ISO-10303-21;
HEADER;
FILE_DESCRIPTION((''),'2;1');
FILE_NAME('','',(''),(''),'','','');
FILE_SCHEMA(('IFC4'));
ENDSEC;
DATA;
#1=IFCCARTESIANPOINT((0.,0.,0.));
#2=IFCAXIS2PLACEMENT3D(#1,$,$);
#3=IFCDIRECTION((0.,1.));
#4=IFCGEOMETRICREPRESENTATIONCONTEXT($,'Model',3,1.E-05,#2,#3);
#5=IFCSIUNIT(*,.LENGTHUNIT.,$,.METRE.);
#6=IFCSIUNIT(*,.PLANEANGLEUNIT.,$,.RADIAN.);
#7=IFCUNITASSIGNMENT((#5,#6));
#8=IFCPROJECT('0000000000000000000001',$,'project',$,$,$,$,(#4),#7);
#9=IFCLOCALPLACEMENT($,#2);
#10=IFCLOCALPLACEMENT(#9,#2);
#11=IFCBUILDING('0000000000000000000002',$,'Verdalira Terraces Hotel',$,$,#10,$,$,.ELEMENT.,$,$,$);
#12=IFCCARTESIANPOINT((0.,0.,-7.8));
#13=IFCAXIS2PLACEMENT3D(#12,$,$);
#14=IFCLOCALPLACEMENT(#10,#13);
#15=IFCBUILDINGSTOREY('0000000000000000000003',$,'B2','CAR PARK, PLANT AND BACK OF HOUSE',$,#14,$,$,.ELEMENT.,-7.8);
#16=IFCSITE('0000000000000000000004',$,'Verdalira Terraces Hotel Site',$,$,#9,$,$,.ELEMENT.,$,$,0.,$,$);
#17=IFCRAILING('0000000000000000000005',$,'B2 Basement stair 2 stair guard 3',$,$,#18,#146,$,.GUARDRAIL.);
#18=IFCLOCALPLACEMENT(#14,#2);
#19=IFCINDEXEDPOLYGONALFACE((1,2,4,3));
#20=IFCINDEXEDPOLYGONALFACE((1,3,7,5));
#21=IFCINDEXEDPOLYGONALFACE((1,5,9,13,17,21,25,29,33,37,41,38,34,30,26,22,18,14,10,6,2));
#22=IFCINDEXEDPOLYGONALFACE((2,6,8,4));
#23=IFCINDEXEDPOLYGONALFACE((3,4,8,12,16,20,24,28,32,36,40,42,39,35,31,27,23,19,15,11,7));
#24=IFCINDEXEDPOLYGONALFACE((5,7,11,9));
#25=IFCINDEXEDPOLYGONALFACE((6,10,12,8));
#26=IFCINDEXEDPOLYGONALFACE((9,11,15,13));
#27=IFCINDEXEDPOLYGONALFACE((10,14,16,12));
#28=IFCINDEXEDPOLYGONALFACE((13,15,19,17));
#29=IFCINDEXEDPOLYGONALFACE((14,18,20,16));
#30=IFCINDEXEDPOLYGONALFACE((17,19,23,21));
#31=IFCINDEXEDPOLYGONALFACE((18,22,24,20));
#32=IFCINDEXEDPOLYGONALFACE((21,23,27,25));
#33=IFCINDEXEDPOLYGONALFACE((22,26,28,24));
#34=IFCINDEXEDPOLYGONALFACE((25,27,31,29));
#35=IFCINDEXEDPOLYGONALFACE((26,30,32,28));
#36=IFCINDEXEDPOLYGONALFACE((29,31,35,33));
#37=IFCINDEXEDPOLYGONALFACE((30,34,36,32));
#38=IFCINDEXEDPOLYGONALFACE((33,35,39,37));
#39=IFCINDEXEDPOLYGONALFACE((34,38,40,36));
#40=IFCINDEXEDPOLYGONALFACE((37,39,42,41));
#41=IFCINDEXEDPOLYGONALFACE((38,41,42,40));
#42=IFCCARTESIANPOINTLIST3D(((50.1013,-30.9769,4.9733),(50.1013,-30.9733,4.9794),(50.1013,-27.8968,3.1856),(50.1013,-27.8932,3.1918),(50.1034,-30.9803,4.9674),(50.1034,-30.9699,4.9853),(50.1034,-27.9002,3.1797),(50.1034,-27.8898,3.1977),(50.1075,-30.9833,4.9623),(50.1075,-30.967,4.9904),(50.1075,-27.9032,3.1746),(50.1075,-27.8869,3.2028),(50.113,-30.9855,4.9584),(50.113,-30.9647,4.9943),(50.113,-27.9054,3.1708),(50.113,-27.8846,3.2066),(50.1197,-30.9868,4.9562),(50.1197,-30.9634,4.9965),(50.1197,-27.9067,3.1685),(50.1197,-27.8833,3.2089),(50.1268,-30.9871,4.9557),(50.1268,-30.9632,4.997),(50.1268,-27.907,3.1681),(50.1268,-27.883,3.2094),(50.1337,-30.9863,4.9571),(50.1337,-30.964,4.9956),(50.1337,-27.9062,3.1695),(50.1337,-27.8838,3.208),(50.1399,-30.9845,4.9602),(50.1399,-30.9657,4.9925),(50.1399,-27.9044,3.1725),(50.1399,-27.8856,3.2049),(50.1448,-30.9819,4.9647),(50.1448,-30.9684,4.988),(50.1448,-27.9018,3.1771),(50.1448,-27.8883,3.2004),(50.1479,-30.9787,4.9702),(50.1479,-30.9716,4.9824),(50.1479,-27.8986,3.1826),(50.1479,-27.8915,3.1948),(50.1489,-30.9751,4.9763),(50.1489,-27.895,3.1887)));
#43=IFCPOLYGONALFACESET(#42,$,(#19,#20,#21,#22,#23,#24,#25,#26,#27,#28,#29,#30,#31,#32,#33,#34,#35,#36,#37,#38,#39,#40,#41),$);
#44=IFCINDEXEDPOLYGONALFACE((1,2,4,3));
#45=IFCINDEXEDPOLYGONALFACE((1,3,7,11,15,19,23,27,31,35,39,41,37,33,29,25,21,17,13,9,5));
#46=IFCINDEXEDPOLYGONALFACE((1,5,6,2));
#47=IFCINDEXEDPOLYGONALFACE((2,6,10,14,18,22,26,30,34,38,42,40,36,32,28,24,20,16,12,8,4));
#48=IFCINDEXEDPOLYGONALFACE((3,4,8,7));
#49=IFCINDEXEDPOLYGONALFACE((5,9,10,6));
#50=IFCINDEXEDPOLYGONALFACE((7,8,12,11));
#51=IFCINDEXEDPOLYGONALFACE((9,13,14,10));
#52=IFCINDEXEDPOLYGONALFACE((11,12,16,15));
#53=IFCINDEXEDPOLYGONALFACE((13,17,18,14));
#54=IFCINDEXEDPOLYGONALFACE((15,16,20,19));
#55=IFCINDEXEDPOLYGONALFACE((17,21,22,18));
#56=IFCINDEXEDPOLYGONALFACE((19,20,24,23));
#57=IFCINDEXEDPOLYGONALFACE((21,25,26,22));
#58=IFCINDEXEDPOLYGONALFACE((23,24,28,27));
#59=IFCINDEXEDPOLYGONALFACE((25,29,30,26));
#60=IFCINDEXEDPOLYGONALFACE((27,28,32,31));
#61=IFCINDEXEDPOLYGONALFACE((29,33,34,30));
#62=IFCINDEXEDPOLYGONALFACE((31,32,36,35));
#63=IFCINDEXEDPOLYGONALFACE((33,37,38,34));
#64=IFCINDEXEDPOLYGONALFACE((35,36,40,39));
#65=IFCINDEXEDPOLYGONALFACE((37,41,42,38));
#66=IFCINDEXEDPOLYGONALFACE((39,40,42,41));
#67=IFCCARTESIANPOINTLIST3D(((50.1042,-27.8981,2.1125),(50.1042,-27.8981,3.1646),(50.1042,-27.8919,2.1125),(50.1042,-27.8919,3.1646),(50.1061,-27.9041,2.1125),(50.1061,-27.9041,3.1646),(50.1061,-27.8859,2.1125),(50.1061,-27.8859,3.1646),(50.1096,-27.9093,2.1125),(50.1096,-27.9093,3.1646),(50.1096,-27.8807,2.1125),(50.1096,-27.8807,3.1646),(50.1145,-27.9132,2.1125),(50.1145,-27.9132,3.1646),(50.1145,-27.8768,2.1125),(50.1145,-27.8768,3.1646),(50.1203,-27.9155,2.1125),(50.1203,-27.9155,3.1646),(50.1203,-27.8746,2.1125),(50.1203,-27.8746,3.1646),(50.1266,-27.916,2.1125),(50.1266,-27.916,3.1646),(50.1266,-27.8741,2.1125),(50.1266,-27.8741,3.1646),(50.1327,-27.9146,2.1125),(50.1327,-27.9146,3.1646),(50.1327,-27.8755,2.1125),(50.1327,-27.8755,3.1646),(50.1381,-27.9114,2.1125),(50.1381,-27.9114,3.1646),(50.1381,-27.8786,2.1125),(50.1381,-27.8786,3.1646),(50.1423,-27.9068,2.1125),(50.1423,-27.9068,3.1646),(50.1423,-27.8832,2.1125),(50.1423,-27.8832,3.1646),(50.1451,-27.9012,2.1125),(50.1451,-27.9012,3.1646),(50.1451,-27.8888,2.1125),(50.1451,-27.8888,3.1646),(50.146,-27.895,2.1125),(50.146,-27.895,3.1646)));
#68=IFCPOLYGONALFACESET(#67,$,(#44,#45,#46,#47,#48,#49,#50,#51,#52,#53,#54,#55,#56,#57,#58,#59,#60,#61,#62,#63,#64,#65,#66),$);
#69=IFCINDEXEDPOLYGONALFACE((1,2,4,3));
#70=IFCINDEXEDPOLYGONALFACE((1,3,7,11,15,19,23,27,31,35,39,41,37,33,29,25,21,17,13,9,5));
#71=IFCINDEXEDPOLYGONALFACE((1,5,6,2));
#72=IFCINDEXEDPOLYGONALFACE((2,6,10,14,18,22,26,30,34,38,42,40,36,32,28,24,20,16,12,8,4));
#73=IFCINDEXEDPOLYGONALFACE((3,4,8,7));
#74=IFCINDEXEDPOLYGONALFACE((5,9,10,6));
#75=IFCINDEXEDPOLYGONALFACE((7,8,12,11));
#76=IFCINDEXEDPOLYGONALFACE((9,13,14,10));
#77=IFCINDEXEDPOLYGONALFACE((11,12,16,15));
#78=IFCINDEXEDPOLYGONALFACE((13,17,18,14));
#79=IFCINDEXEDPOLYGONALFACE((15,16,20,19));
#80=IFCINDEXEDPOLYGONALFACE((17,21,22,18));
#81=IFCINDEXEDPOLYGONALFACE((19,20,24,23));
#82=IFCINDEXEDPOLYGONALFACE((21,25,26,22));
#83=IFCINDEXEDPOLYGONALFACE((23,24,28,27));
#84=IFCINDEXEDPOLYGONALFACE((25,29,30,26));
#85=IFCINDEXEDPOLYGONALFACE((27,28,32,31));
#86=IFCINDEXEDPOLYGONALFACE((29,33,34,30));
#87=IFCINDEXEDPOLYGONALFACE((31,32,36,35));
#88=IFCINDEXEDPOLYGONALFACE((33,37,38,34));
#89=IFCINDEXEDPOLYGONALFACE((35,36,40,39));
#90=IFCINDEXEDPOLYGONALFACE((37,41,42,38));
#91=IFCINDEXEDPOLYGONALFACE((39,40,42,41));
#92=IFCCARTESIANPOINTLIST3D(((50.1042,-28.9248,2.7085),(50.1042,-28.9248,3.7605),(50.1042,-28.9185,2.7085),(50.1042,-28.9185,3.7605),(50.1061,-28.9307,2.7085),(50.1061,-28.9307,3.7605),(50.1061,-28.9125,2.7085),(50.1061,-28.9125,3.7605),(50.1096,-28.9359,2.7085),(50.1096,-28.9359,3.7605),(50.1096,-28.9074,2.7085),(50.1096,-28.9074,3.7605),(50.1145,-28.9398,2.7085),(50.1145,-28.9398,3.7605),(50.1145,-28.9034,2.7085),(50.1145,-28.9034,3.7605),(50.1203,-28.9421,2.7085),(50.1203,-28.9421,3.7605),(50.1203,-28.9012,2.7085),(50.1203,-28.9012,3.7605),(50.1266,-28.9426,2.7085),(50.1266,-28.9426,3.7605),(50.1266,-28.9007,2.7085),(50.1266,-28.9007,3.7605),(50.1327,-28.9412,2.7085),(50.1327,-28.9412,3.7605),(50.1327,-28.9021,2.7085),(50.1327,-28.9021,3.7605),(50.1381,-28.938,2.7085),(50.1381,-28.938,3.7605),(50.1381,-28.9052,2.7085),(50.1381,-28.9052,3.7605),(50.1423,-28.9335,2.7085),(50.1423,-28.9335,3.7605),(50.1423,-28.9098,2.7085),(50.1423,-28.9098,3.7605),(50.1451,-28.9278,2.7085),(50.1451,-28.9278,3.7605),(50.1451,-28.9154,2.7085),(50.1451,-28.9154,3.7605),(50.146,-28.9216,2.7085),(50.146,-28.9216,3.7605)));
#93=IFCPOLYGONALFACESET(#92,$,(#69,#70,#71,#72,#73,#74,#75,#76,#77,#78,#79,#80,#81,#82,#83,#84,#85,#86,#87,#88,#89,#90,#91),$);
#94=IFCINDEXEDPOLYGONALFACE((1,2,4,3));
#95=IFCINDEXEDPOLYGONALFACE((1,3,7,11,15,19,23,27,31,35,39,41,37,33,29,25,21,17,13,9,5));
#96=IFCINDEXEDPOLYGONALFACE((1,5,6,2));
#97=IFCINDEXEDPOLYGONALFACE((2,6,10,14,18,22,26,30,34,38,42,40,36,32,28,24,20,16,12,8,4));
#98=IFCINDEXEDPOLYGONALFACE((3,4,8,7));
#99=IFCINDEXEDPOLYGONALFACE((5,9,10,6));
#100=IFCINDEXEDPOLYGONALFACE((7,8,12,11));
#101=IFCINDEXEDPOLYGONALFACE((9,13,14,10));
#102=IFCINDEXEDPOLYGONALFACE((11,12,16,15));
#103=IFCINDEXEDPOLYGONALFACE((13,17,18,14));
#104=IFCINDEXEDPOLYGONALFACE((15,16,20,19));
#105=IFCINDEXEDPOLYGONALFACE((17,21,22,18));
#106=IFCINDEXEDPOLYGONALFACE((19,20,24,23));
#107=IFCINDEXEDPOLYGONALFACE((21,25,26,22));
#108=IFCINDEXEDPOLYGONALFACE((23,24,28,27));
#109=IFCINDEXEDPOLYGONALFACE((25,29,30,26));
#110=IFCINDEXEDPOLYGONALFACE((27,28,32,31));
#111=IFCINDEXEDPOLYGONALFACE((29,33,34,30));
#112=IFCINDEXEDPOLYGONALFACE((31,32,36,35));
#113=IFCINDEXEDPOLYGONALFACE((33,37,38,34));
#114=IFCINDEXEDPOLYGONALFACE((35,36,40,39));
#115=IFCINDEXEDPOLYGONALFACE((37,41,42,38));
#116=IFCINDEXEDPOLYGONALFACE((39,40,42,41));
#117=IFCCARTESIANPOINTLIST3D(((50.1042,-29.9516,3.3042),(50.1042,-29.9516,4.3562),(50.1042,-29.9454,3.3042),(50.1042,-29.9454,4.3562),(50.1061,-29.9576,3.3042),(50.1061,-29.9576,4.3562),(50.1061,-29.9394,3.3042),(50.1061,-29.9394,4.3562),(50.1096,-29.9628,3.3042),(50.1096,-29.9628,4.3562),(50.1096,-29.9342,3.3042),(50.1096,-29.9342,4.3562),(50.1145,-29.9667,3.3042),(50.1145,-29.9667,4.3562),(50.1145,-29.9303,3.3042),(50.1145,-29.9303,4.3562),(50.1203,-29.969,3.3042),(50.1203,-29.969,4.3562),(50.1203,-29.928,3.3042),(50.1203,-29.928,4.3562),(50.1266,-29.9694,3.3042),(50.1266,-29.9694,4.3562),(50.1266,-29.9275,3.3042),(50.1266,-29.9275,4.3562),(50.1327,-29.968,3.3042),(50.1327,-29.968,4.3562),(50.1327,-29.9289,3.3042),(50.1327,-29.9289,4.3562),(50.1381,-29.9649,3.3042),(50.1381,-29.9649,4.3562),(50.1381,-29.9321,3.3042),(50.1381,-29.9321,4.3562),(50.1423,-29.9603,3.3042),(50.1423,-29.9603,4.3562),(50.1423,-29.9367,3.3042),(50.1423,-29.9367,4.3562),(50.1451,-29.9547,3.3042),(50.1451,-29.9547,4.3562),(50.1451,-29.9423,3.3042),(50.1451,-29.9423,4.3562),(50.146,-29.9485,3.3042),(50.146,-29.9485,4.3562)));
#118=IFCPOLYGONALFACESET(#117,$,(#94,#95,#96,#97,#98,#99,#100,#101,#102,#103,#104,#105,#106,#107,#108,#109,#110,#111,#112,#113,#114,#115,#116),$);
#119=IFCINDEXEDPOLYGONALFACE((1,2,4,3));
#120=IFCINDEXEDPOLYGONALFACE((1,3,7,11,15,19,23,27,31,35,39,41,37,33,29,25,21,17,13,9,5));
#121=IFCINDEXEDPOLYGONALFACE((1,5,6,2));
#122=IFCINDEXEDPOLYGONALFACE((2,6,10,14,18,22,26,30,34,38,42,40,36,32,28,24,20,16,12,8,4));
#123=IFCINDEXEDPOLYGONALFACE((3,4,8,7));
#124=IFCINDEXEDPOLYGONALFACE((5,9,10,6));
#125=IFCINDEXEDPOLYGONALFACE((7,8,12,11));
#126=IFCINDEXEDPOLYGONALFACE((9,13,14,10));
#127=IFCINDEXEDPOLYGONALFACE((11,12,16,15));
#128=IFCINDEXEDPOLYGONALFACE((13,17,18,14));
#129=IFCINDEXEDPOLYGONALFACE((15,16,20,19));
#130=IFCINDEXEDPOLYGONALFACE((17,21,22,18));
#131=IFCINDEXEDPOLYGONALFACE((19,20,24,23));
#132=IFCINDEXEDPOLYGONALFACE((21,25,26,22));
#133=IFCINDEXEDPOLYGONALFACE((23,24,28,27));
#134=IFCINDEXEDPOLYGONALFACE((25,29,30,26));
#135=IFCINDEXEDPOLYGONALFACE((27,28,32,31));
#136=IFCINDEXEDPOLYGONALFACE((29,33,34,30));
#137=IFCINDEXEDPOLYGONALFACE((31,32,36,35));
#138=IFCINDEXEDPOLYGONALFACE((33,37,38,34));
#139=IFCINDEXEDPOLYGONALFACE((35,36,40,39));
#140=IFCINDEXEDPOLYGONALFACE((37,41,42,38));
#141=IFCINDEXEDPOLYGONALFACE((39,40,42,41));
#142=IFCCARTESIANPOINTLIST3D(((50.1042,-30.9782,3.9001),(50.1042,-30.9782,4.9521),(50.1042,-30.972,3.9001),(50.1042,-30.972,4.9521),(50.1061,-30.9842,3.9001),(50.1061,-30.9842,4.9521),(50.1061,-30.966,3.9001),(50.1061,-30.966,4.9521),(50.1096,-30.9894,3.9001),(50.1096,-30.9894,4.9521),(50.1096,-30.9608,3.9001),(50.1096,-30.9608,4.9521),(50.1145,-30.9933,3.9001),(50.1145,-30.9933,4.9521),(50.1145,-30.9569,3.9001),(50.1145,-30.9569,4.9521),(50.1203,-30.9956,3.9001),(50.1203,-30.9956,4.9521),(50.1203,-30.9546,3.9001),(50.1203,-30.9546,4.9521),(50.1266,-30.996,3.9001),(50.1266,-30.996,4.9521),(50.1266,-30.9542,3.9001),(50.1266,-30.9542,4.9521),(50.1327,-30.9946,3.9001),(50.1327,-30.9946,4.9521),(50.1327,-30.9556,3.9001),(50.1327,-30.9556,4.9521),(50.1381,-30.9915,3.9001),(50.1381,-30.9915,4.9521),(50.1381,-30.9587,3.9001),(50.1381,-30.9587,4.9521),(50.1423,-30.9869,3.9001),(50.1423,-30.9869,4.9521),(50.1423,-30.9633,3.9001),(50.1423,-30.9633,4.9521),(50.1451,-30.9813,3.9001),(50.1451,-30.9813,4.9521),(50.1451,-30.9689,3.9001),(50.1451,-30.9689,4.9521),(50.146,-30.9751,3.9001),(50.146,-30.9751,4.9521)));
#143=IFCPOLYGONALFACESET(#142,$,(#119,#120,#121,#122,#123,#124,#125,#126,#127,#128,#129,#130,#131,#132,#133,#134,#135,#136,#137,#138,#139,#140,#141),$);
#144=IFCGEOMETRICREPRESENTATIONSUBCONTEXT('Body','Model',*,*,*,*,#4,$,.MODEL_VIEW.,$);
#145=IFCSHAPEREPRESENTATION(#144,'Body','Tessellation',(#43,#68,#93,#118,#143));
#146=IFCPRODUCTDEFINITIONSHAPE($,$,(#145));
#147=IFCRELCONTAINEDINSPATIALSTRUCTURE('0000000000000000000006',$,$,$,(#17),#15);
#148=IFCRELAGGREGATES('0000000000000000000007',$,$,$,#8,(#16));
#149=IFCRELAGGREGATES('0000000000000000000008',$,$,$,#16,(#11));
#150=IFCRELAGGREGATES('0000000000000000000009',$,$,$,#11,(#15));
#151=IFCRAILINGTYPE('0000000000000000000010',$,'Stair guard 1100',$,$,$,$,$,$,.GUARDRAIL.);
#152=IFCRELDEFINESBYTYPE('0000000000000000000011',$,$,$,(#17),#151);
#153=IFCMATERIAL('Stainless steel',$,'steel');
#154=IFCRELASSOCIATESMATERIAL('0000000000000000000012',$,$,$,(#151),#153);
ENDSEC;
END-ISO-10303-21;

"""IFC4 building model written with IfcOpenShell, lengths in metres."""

from ifc_helpers import new_model, si_unit, direction, frame, origin, origin_2d, place, context, subcontext, project, spatial, circle, extrude, material, type_object, element, save


model = new_model("IFC4")

# Units and contexts
model_context = context("Model", 3, precision=1e-05, world=origin(), true_north=direction((0.0, 1.0)))
body_context = subcontext(model_context, "Body", "Model", "MODEL_VIEW")
ifc_project = project(units=[si_unit("LENGTHUNIT", "METRE"), si_unit("PLANEANGLEUNIT", "RADIAN")], contexts=[model_context])

# Site, building, storey
site_placement = place(None, origin())
site = spatial("IfcSite", under=ifc_project, at=site_placement, Name="Verdalira Terraces Hotel Site", CompositionType="ELEMENT", RefElevation=0.0)
building_placement = place(site_placement, origin())
building = spatial("IfcBuilding", under=site, at=building_placement, Name="Verdalira Terraces Hotel", CompositionType="ELEMENT")
storey_placement = place(building_placement, frame((0.0, 0.0, -7.8)))
storey = spatial("IfcBuildingStorey", under=building, at=storey_placement, Name="B2", Description="CAR PARK, PLANT AND BACK OF HOUSE", CompositionType="ELEMENT", Elevation=-7.8)

# Railing
ifc_material_1 = material(Name="Stainless steel", Category="steel")
railing_type_1 = type_object("IfcRailingType", Name="Stair guard 1100", PredefinedType="GUARDRAIL", material=ifc_material_1)
railing_1_placement = place(storey_placement, frame((50.125, -27.895, 2.1125)))
element("IfcRailing", 1, at=railing_1_placement, inside=storey, type_object=railing_type_1, Name="B2 Basement stair 2 stair guard 3", PredefinedType="GUARDRAIL", context=body_context, shape_type="SweptSolid", body=[
    extrude(circle(Radius=0.0239, at=origin_2d()), frame((0.0, 0.0, 1.0762), z_axis=(0.0, -0.864891, 0.50196), x_axis=(1.0, 0.0, 0.0)), (0.0, 0.0, 1.0), 3.5613),
    extrude(circle(Radius=0.021, at=origin_2d()), origin(), (0.0, 0.0, 1.0), 1.052),
    extrude(circle(Radius=0.021, at=origin_2d()), frame((0.0, -1.0266, 0.5959)), (0.0, 0.0, 1.0), 1.052),
    extrude(circle(Radius=0.021, at=origin_2d()), frame((0.0, -2.0535, 1.1917)), (0.0, 0.0, 1.0), 1.052),
    extrude(circle(Radius=0.021, at=origin_2d()), frame((0.0, -3.0801, 1.7876)), (0.0, 0.0, 1.0), 1.052),
])

save(model, "model.ifc")
